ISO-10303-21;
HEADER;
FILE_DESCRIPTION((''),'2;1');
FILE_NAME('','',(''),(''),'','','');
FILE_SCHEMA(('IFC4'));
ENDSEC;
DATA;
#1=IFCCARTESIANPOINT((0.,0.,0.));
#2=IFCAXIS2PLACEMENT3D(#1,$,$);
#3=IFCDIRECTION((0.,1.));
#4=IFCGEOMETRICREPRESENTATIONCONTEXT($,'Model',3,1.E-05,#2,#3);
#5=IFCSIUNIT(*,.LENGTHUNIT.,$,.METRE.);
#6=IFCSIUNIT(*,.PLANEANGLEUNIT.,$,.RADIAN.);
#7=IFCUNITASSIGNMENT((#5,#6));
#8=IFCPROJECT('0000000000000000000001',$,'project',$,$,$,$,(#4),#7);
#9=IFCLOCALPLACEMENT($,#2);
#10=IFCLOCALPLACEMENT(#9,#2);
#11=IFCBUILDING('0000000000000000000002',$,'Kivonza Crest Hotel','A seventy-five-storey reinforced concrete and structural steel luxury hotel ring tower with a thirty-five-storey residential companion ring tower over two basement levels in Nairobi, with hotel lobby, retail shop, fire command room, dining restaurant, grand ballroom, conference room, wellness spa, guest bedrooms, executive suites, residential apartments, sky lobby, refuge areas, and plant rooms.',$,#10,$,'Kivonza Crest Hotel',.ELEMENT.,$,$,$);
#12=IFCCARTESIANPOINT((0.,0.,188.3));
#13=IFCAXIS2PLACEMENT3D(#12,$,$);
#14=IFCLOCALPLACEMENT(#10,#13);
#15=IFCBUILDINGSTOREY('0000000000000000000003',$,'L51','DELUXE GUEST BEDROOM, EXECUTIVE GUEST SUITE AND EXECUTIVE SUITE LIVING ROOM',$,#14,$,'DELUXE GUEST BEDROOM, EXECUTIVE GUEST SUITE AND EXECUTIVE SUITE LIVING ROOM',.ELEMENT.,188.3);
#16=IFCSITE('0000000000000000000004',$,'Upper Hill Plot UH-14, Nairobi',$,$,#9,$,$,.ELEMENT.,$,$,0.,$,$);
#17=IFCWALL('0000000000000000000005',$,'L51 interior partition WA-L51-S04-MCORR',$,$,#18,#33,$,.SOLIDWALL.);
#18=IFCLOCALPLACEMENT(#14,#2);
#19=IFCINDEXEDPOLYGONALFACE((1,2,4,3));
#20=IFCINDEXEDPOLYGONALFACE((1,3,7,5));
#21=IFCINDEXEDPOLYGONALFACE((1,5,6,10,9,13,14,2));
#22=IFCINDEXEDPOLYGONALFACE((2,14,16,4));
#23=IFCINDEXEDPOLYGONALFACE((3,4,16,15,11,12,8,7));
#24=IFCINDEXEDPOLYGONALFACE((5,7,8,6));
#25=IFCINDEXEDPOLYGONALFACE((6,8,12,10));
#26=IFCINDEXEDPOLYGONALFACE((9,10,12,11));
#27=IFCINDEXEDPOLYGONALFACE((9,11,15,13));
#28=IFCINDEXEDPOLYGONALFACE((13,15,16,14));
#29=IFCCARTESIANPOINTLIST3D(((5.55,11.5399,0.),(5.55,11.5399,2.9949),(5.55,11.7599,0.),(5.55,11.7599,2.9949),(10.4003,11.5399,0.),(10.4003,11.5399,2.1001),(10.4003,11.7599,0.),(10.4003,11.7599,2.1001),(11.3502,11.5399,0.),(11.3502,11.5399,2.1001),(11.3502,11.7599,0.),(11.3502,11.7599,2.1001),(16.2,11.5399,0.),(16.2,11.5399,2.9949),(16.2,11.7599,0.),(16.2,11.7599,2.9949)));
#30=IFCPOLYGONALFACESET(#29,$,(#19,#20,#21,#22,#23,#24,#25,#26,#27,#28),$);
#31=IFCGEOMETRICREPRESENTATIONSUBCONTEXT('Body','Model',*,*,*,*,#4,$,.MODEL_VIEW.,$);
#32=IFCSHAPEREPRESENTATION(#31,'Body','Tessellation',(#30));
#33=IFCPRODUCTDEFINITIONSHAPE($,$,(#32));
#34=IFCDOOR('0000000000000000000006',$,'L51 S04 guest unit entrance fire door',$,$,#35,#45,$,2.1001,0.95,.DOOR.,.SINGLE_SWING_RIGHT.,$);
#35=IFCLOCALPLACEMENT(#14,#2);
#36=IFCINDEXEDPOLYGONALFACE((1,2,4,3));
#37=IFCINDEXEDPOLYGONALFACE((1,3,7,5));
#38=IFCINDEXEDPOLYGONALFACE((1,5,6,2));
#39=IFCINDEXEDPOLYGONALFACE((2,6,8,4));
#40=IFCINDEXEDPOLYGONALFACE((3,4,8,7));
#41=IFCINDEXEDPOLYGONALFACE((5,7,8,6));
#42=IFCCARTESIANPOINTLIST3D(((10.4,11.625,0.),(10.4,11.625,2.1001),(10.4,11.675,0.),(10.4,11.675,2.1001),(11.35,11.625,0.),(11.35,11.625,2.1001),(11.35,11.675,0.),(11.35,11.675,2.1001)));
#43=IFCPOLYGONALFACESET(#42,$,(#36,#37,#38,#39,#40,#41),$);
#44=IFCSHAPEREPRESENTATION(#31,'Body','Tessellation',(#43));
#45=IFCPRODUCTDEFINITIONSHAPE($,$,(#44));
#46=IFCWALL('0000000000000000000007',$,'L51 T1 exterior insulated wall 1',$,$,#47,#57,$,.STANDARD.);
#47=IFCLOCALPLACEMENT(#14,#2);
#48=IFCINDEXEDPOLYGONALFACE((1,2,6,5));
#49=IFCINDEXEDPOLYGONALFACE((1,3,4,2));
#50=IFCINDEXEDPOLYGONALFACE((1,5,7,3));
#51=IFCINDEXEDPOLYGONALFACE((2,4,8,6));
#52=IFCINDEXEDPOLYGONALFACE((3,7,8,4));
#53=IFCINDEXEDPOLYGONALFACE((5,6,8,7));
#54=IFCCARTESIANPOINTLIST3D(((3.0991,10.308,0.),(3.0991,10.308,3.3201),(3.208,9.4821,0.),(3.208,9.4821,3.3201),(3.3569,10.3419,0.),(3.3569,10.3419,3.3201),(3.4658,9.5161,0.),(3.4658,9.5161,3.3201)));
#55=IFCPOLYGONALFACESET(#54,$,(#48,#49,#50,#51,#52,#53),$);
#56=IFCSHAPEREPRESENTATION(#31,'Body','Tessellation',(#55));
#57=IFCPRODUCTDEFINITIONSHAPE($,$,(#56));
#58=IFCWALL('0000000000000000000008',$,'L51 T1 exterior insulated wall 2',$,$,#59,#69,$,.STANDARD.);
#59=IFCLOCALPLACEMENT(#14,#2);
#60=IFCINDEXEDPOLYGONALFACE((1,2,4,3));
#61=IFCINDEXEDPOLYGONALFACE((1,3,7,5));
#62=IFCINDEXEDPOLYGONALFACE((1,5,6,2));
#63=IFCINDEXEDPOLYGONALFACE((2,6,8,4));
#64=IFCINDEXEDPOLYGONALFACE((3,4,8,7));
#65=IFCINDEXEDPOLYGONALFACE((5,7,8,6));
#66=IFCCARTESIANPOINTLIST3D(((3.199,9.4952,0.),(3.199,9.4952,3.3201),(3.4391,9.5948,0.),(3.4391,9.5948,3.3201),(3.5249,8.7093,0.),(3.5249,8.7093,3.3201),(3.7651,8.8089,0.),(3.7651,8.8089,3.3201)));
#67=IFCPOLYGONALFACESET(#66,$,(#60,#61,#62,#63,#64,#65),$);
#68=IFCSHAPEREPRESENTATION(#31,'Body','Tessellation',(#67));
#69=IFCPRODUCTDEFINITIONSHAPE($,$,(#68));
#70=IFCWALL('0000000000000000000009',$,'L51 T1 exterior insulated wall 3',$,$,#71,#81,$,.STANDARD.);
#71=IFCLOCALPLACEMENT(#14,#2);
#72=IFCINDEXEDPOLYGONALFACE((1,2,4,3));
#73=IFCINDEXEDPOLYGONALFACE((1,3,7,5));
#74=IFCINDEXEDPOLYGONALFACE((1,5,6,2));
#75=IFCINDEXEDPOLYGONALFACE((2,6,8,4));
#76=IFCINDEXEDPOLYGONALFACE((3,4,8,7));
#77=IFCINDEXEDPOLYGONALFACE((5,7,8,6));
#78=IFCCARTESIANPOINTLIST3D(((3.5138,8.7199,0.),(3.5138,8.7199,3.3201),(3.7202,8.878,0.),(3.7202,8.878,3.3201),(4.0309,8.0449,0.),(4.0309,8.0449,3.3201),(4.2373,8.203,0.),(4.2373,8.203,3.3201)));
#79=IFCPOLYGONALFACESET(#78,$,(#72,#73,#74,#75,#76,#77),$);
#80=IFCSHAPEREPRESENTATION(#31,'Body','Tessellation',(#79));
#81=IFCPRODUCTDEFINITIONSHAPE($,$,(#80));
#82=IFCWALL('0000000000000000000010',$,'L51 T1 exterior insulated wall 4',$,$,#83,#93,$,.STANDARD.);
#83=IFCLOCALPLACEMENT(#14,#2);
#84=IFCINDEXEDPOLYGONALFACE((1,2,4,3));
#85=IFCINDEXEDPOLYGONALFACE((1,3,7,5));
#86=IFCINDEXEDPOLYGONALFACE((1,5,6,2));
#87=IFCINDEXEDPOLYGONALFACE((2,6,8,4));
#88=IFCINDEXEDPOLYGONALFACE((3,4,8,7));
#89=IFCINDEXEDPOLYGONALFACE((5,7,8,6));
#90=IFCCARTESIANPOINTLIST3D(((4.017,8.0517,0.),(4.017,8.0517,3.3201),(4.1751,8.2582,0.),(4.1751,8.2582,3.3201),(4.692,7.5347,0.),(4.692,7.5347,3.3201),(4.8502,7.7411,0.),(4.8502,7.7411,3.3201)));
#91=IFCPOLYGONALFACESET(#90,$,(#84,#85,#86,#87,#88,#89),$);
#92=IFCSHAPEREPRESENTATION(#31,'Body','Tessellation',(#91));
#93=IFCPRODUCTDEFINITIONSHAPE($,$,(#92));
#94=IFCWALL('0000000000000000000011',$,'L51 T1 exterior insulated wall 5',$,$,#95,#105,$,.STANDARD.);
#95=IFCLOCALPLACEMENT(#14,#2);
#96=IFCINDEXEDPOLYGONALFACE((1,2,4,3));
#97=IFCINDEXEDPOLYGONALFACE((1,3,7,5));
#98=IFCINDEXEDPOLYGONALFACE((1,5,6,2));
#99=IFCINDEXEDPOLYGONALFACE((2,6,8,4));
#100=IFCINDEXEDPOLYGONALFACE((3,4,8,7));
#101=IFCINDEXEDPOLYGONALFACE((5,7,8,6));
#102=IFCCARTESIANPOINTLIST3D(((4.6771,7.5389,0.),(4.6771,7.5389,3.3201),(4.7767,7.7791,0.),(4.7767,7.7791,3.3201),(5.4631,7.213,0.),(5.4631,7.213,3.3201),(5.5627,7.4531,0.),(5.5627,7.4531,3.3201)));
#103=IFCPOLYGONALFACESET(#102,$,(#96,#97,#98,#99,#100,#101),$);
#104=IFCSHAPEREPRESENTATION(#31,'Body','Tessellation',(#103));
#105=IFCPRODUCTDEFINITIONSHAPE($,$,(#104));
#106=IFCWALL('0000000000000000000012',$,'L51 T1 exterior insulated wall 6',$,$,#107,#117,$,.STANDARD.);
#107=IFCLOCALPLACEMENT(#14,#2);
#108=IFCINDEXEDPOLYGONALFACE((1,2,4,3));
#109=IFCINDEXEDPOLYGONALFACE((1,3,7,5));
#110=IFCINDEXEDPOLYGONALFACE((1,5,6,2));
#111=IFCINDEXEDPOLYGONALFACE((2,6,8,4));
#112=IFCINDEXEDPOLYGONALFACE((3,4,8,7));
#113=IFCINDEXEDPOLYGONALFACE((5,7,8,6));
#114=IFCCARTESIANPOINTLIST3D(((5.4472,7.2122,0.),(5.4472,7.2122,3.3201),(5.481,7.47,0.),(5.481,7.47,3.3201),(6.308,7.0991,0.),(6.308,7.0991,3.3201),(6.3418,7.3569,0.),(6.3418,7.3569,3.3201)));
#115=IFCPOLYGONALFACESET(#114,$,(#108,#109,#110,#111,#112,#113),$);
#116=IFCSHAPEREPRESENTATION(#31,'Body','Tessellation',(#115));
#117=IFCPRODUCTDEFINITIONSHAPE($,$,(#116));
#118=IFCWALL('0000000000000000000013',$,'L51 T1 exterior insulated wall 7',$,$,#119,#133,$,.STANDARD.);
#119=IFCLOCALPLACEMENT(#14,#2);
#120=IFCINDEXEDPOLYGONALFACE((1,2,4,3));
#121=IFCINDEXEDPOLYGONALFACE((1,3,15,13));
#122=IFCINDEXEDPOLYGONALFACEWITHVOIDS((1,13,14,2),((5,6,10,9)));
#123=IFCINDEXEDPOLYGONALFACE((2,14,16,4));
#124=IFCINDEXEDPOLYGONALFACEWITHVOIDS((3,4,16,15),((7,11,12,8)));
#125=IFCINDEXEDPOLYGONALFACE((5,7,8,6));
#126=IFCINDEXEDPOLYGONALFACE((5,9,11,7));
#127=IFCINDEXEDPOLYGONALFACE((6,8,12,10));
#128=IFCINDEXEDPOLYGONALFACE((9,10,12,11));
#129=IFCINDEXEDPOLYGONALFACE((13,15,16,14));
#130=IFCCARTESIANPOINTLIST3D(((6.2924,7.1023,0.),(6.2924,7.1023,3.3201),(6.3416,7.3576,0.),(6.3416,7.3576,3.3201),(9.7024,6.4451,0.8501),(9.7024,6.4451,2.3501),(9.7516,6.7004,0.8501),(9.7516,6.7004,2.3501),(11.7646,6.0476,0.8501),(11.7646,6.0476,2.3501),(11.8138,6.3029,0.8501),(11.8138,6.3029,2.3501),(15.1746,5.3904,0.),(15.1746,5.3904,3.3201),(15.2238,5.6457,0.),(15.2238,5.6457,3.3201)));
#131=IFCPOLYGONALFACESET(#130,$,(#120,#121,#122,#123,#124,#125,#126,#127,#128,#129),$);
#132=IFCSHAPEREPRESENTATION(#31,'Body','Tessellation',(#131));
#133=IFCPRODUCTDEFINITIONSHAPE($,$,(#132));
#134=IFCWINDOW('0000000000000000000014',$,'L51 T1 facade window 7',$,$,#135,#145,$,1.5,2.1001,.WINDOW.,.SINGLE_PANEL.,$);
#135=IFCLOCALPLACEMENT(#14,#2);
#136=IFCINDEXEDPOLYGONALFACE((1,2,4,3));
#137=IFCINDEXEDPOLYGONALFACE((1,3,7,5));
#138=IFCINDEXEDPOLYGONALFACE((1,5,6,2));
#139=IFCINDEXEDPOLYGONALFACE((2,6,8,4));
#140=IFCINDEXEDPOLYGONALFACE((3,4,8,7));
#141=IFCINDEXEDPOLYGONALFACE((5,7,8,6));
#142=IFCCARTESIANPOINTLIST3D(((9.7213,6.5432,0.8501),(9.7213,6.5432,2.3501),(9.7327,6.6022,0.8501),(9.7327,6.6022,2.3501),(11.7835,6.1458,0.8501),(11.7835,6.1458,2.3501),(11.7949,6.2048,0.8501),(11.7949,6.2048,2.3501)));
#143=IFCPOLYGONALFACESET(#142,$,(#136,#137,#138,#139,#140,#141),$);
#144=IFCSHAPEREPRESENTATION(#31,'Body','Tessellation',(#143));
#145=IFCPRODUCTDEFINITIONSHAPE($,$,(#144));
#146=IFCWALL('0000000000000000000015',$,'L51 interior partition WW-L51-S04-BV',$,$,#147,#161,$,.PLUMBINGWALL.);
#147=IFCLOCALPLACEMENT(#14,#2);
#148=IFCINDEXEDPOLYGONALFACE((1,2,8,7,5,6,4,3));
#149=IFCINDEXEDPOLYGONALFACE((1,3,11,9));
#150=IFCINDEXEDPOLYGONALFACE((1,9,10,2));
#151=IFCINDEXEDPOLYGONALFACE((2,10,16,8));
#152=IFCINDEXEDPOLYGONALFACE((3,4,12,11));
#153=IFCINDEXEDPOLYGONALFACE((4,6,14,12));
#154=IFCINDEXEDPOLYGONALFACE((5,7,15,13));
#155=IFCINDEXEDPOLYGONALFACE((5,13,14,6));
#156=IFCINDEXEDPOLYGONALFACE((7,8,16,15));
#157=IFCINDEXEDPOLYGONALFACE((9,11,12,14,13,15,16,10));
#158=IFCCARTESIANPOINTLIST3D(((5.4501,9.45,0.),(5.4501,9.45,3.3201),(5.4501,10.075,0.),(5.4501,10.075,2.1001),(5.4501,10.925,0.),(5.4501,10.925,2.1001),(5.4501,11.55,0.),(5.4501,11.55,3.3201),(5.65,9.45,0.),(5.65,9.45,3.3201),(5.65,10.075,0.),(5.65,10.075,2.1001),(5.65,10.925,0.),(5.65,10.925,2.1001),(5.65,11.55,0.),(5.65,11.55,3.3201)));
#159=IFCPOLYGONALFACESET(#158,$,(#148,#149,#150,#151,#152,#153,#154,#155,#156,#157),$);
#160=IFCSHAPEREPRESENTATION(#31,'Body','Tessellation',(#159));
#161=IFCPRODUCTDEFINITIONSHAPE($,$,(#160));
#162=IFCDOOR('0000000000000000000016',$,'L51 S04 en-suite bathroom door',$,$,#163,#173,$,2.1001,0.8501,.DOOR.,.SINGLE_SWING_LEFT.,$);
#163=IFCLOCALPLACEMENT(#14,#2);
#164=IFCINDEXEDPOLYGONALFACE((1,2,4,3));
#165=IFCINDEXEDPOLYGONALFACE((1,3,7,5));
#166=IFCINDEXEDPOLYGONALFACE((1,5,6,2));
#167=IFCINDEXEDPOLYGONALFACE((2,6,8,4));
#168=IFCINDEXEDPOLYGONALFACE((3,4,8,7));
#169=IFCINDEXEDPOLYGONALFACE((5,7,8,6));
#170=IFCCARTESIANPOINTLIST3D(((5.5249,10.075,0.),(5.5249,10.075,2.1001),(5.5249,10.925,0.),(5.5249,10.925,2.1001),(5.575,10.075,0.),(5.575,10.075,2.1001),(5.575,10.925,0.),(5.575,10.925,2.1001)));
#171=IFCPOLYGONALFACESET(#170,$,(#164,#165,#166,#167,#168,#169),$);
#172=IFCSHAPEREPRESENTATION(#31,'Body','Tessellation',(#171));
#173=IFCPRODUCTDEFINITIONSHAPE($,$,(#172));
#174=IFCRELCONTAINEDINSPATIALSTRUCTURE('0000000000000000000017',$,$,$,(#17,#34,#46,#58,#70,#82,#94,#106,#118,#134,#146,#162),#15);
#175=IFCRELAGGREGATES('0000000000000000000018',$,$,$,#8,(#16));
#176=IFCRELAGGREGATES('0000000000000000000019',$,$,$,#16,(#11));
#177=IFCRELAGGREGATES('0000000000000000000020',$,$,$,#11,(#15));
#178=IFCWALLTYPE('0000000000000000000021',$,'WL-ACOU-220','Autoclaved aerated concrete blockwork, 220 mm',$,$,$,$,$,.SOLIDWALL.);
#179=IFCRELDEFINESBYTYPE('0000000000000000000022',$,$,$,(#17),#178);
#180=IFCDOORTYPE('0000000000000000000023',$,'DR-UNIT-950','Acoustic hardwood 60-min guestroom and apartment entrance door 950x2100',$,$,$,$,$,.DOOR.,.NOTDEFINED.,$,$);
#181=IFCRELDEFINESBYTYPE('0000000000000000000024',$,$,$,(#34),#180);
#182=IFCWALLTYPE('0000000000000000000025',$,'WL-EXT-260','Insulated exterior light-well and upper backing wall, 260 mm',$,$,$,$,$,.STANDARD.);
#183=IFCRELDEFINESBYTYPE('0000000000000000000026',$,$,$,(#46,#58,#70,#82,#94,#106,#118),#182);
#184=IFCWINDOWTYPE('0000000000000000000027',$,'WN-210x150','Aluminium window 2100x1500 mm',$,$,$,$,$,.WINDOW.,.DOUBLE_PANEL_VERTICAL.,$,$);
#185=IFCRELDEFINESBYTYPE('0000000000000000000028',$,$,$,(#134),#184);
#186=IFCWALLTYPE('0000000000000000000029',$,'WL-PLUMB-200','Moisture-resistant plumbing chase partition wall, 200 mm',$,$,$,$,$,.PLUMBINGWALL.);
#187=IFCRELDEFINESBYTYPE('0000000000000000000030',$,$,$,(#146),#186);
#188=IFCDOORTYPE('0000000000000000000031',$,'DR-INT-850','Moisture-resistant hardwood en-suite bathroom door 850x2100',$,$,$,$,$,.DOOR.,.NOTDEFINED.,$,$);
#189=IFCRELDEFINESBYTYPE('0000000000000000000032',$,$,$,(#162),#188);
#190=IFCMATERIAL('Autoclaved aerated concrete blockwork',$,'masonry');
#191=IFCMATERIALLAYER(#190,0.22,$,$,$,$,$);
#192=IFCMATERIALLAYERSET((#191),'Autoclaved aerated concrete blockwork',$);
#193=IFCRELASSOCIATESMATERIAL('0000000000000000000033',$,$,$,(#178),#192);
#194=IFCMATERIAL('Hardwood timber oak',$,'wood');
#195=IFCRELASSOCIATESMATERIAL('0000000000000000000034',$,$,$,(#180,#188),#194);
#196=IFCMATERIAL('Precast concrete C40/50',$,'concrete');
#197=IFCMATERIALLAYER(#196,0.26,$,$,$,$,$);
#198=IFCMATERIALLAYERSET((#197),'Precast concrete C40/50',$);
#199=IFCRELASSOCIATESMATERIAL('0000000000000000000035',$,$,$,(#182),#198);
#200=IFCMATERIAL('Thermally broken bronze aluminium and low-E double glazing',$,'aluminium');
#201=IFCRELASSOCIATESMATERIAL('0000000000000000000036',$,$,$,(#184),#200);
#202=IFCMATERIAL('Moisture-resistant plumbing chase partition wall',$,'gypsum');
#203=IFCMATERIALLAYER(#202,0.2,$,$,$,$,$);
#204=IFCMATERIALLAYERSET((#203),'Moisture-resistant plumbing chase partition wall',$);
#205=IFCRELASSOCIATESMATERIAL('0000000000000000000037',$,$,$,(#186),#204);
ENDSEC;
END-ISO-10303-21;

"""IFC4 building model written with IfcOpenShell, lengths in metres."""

from ifc_helpers import new_model, si_unit, direction, frame, frame_2d, origin, place, context, subcontext, project, spatial, rectangle, extrude, material, layer, layer_set, type_object, element, fill, save


model = new_model("IFC4")

# Units and contexts
model_context = context("Model", 3, precision=1e-05, world=origin(), true_north=direction((0.0, 1.0)))
body_context = subcontext(model_context, "Body", "Model", "MODEL_VIEW")
ifc_project = project(units=[si_unit("LENGTHUNIT", "METRE"), si_unit("PLANEANGLEUNIT", "RADIAN")], contexts=[model_context])

# Site, building, storey
site_placement = place(None, origin())
site = spatial("IfcSite", under=ifc_project, at=site_placement, Name="Upper Hill Plot UH-14, Nairobi", CompositionType="ELEMENT", RefElevation=0.0)
building_placement = place(site_placement, origin())
building = spatial("IfcBuilding", under=site, at=building_placement, Name="Kivonza Crest Hotel", Description="A seventy-five-storey reinforced concrete and structural steel luxury hotel ring tower with a thirty-five-storey residential companion ring tower over two basement levels in Nairobi, with hotel lobby, retail shop, fire command room, dining restaurant, grand ballroom, conference room, wellness spa, guest bedrooms, executive suites, residential apartments, sky lobby, refuge areas, and plant rooms.", LongName="Kivonza Crest Hotel", CompositionType="ELEMENT")
storey_placement = place(building_placement, frame((0.0, 0.0, 188.3)))
storey = spatial("IfcBuildingStorey", under=building, at=storey_placement, Name="L51", Description="DELUXE GUEST BEDROOM, EXECUTIVE GUEST SUITE AND EXECUTIVE SUITE LIVING ROOM", LongName="DELUXE GUEST BEDROOM, EXECUTIVE GUEST SUITE AND EXECUTIVE SUITE LIVING ROOM", CompositionType="ELEMENT", Elevation=188.3)

# Shared definitions
ifc_material_1 = material(Name="Autoclaved aerated concrete blockwork", Category="masonry")
ifc_layer_1 = layer(ifc_material_1, 0.22)
ifc_layer_set_1 = layer_set([ifc_layer_1], Name="Autoclaved aerated concrete blockwork")
wall_type_1 = type_object("IfcWallType", Name="WL-ACOU-220", Description="Autoclaved aerated concrete blockwork, 220 mm", PredefinedType="SOLIDWALL", material=ifc_layer_set_1)

# Wall, opening, door
wall_1_placement = place(storey_placement, frame((5.55, 11.6499, 0.0), z_axis=(0.0, 0.0, 1.0), x_axis=(1.0, 0.0, 0.0)))
wall_1 = element("IfcWall", 1, at=wall_1_placement, inside=storey, type_object=wall_type_1, Name="L51 interior partition WA-L51-S04-MCORR", PredefinedType="SOLIDWALL", context=body_context, shape_type="SweptSolid", body=[
    extrude(rectangle(XDim=10.6499, YDim=0.22, at=frame_2d((5.325, 0.0))), origin(), (0.0, 0.0, 1.0), 2.9949),
])
opening_1_placement = place(wall_1_placement, frame((4.8501, 0.0, 0.0)))
opening_1 = element("IfcOpeningElement", 2, at=opening_1_placement, cuts=wall_1, PredefinedType="OPENING", context=body_context, shape_type="SweptSolid", body=[
    extrude(rectangle(XDim=0.95, YDim=2.1001, at=frame_2d((0.4751, 1.05))), frame((0.0, 0.1201, 0.0), z_axis=(0.0, -1.0, 0.0), x_axis=(1.0, 0.0, 0.0)), (0.0, 0.0, 1.0), 0.24),
])
ifc_material_2 = material(Name="Hardwood timber oak", Category="wood")
door_type_1 = type_object("IfcDoorType", Name="DR-UNIT-950", Description="Acoustic hardwood 60-min guestroom and apartment entrance door 950x2100", OperationType="NOTDEFINED", PredefinedType="DOOR", material=ifc_material_2)
door_1_placement = place(opening_1_placement, frame((0.95, 0.0, 0.0), z_axis=(0.0, 0.0, 1.0), x_axis=(-1.0, 0.0, 0.0)))
door_1 = element("IfcDoor", 3, at=door_1_placement, inside=storey, type_object=door_type_1, Name="L51 S04 guest unit entrance fire door", OperationType="SINGLE_SWING_RIGHT", OverallHeight=2.1001, OverallWidth=0.95, PredefinedType="DOOR", context=body_context, shape_type="SweptSolid", body=[
    extrude(rectangle(XDim=0.95, YDim=2.1001, at=frame_2d((0.4751, 1.05))), frame((0.0, 0.0249, 0.0), z_axis=(0.0, -1.0, 0.0), x_axis=(1.0, 0.0, 0.0)), (0.0, 0.0, 1.0), 0.05),
])
fill(opening_1, door_1)

# Walls
ifc_material_3 = material(Name="Precast concrete C40/50", Category="concrete")
ifc_layer_2 = layer(ifc_material_3, 0.26)
ifc_layer_set_2 = layer_set([ifc_layer_2], Name="Precast concrete C40/50")
wall_type_2 = type_object("IfcWallType", Name="WL-EXT-260", Description="Insulated exterior light-well and upper backing wall, 260 mm", PredefinedType="STANDARD", material=ifc_layer_set_2)
wall_2_placement = place(storey_placement, frame((3.228, 10.325, 0.0), z_axis=(0.0, 0.0, 1.0), x_axis=(0.130705, -0.991421, 0.0)))
element("IfcWall", 4, at=wall_2_placement, inside=storey, type_object=wall_type_2, Name="L51 T1 exterior insulated wall 1", PredefinedType="STANDARD", context=body_context, shape_type="SweptSolid", body=[
    extrude(rectangle(XDim=0.833, YDim=0.26, at=frame_2d((0.4165, 0.0))), origin(), (0.0, 0.0, 1.0), 3.3201),
])
wall_3_placement = place(storey_placement, frame((3.3191, 9.5449, 0.0), z_axis=(0.0, 0.0, 1.0), x_axis=(0.383087, -0.923712, 0.0)))
element("IfcWall", 5, at=wall_3_placement, inside=storey, type_object=wall_type_2, Name="L51 T1 exterior insulated wall 2", PredefinedType="STANDARD", context=body_context, shape_type="SweptSolid", body=[
    extrude(rectangle(XDim=0.8508, YDim=0.26, at=frame_2d((0.4253, 0.0))), origin(), (0.0, 0.0, 1.0), 3.3201),
])
for number, where, z_axis, x_axis, name in (
    (6, (3.6169, 8.7991, 0.0), (0.0, 0.0, 1.0), (0.6081, -0.79386, 0.0), "L51 T1 exterior insulated wall 3"),
    (7, (4.0959, 8.155, 0.0), (0.0, 0.0, 1.0), (0.79386, -0.6081, 0.0), "L51 T1 exterior insulated wall 4"),
):
    element("IfcWall", number, at=place(storey_placement, frame(where, z_axis=z_axis, x_axis=x_axis)), inside=storey, type_object=wall_type_2, Name=name, PredefinedType="STANDARD", context=body_context, shape_type="SweptSolid", body=[
        extrude(rectangle(XDim=0.8503, YDim=0.26, at=frame_2d((0.4253, 0.0))), origin(), (0.0, 0.0, 1.0), 3.3201),
    ])
wall_4_placement = place(storey_placement, frame((4.7271, 7.6589, 0.0), z_axis=(0.0, 0.0, 1.0), x_axis=(0.923712, -0.383087, 0.0)))
element("IfcWall", 8, at=wall_4_placement, inside=storey, type_object=wall_type_2, Name="L51 T1 exterior insulated wall 5", PredefinedType="STANDARD", context=body_context, shape_type="SweptSolid", body=[
    extrude(rectangle(XDim=0.8508, YDim=0.26, at=frame_2d((0.4253, 0.0))), origin(), (0.0, 0.0, 1.0), 3.3201),
])
wall_5_placement = place(storey_placement, frame((5.4641, 7.3411, 0.0), z_axis=(0.0, 0.0, 1.0), x_axis=(0.991489, -0.130193, 0.0)))
element("IfcWall", 9, at=wall_5_placement, inside=storey, type_object=wall_type_2, Name="L51 T1 exterior insulated wall 6", PredefinedType="STANDARD", context=body_context, shape_type="SweptSolid", body=[
    extrude(rectangle(XDim=0.8682, YDim=0.26, at=frame_2d((0.4341, 0.0))), origin(), (0.0, 0.0, 1.0), 3.3201),
])

# Wall, opening, window
wall_6_placement = place(storey_placement, frame((6.3169, 7.23, 0.0), z_axis=(0.0, 0.0, 1.0), x_axis=(0.981928, -0.189255, 0.0)))
wall_6 = element("IfcWall", 10, at=wall_6_placement, inside=storey, type_object=wall_type_2, Name="L51 T1 exterior insulated wall 7", PredefinedType="STANDARD", context=body_context, shape_type="SweptSolid", body=[
    extrude(rectangle(XDim=9.0457, YDim=0.26, at=frame_2d((4.5229, 0.0))), origin(), (0.0, 0.0, 1.0), 3.3201),
])
opening_2_placement = place(wall_6_placement, frame((3.4729, 0.0, 0.8501)))
opening_2 = element("IfcOpeningElement", 11, at=opening_2_placement, cuts=wall_6, PredefinedType="OPENING", context=body_context, shape_type="SweptSolid", body=[
    extrude(rectangle(XDim=2.1001, YDim=1.5, at=frame_2d((1.05, 0.75))), frame((0.0, 0.1401, 0.0), z_axis=(0.0, -1.0, 0.0), x_axis=(1.0, 0.0, 0.0)), (0.0, 0.0, 1.0), 0.28),
])
ifc_material_4 = material(Name="Thermally broken bronze aluminium and low-E double glazing", Category="aluminium")
window_type = type_object("IfcWindowType", Name="WN-210x150", Description="Aluminium window 2100x1500 mm", PartitioningType="DOUBLE_PANEL_VERTICAL", PredefinedType="WINDOW", material=ifc_material_4)
window_placement = place(opening_2_placement, origin())
window = element("IfcWindow", 12, at=window_placement, inside=storey, type_object=window_type, Name="L51 T1 facade window 7", OverallHeight=1.5, OverallWidth=2.1001, PartitioningType="SINGLE_PANEL", PredefinedType="WINDOW", context=body_context, shape_type="SweptSolid", body=[
    extrude(rectangle(XDim=2.1001, YDim=1.5, at=frame_2d((1.05, 0.75))), frame((0.0, 0.03, 0.0), z_axis=(0.0, -1.0, 0.0), x_axis=(1.0, 0.0, 0.0)), (0.0, 0.0, 1.0), 0.0601),
])
fill(opening_2, window)

# Wall, opening, door
ifc_material_5 = material(Name="Moisture-resistant plumbing chase partition wall", Category="gypsum")
ifc_layer_3 = layer(ifc_material_5, 0.2)
ifc_layer_set_3 = layer_set([ifc_layer_3], Name="Moisture-resistant plumbing chase partition wall")
wall_type_3 = type_object("IfcWallType", Name="WL-PLUMB-200", Description="Moisture-resistant plumbing chase partition wall, 200 mm", PredefinedType="PLUMBINGWALL", material=ifc_layer_set_3)
wall_7_placement = place(storey_placement, frame((5.55, 9.45, 0.0), z_axis=(0.0, 0.0, 1.0), x_axis=(0.0, 1.0, 0.0)))
wall_7 = element("IfcWall", 13, at=wall_7_placement, inside=storey, type_object=wall_type_3, Name="L51 interior partition WW-L51-S04-BV", PredefinedType="PLUMBINGWALL", context=body_context, shape_type="SweptSolid", body=[
    extrude(rectangle(XDim=2.1001, YDim=0.2, at=frame_2d((1.05, 0.0))), origin(), (0.0, 0.0, 1.0), 3.3201),
])
opening_3_placement = place(wall_7_placement, frame((0.625, 0.0, 0.0)))
opening_3 = element("IfcOpeningElement", 14, at=opening_3_placement, cuts=wall_7, PredefinedType="OPENING", context=body_context, shape_type="SweptSolid", body=[
    extrude(rectangle(XDim=0.8501, YDim=2.1001, at=frame_2d((0.425, 1.05))), frame((0.0, 0.1099, 0.0), z_axis=(0.0, -1.0, 0.0), x_axis=(1.0, 0.0, 0.0)), (0.0, 0.0, 1.0), 0.22),
])
door_type_2 = type_object("IfcDoorType", Name="DR-INT-850", Description="Moisture-resistant hardwood en-suite bathroom door 850x2100", OperationType="NOTDEFINED", PredefinedType="DOOR", material=ifc_material_2)
door_2_placement = place(opening_3_placement, frame((0.8501, 0.0, 0.0), z_axis=(0.0, 0.0, 1.0), x_axis=(-1.0, 0.0, 0.0)))
door_2 = element("IfcDoor", 15, at=door_2_placement, inside=storey, type_object=door_type_2, Name="L51 S04 en-suite bathroom door", OperationType="SINGLE_SWING_LEFT", OverallHeight=2.1001, OverallWidth=0.8501, PredefinedType="DOOR", context=body_context, shape_type="SweptSolid", body=[
    extrude(rectangle(XDim=0.8501, YDim=2.1001, at=frame_2d((0.425, 1.05))), frame((0.0, 0.0249, 0.0), z_axis=(0.0, -1.0, 0.0), x_axis=(1.0, 0.0, 0.0)), (0.0, 0.0, 1.0), 0.05),
])
fill(opening_3, door_2)

save(model, "model.ifc")
